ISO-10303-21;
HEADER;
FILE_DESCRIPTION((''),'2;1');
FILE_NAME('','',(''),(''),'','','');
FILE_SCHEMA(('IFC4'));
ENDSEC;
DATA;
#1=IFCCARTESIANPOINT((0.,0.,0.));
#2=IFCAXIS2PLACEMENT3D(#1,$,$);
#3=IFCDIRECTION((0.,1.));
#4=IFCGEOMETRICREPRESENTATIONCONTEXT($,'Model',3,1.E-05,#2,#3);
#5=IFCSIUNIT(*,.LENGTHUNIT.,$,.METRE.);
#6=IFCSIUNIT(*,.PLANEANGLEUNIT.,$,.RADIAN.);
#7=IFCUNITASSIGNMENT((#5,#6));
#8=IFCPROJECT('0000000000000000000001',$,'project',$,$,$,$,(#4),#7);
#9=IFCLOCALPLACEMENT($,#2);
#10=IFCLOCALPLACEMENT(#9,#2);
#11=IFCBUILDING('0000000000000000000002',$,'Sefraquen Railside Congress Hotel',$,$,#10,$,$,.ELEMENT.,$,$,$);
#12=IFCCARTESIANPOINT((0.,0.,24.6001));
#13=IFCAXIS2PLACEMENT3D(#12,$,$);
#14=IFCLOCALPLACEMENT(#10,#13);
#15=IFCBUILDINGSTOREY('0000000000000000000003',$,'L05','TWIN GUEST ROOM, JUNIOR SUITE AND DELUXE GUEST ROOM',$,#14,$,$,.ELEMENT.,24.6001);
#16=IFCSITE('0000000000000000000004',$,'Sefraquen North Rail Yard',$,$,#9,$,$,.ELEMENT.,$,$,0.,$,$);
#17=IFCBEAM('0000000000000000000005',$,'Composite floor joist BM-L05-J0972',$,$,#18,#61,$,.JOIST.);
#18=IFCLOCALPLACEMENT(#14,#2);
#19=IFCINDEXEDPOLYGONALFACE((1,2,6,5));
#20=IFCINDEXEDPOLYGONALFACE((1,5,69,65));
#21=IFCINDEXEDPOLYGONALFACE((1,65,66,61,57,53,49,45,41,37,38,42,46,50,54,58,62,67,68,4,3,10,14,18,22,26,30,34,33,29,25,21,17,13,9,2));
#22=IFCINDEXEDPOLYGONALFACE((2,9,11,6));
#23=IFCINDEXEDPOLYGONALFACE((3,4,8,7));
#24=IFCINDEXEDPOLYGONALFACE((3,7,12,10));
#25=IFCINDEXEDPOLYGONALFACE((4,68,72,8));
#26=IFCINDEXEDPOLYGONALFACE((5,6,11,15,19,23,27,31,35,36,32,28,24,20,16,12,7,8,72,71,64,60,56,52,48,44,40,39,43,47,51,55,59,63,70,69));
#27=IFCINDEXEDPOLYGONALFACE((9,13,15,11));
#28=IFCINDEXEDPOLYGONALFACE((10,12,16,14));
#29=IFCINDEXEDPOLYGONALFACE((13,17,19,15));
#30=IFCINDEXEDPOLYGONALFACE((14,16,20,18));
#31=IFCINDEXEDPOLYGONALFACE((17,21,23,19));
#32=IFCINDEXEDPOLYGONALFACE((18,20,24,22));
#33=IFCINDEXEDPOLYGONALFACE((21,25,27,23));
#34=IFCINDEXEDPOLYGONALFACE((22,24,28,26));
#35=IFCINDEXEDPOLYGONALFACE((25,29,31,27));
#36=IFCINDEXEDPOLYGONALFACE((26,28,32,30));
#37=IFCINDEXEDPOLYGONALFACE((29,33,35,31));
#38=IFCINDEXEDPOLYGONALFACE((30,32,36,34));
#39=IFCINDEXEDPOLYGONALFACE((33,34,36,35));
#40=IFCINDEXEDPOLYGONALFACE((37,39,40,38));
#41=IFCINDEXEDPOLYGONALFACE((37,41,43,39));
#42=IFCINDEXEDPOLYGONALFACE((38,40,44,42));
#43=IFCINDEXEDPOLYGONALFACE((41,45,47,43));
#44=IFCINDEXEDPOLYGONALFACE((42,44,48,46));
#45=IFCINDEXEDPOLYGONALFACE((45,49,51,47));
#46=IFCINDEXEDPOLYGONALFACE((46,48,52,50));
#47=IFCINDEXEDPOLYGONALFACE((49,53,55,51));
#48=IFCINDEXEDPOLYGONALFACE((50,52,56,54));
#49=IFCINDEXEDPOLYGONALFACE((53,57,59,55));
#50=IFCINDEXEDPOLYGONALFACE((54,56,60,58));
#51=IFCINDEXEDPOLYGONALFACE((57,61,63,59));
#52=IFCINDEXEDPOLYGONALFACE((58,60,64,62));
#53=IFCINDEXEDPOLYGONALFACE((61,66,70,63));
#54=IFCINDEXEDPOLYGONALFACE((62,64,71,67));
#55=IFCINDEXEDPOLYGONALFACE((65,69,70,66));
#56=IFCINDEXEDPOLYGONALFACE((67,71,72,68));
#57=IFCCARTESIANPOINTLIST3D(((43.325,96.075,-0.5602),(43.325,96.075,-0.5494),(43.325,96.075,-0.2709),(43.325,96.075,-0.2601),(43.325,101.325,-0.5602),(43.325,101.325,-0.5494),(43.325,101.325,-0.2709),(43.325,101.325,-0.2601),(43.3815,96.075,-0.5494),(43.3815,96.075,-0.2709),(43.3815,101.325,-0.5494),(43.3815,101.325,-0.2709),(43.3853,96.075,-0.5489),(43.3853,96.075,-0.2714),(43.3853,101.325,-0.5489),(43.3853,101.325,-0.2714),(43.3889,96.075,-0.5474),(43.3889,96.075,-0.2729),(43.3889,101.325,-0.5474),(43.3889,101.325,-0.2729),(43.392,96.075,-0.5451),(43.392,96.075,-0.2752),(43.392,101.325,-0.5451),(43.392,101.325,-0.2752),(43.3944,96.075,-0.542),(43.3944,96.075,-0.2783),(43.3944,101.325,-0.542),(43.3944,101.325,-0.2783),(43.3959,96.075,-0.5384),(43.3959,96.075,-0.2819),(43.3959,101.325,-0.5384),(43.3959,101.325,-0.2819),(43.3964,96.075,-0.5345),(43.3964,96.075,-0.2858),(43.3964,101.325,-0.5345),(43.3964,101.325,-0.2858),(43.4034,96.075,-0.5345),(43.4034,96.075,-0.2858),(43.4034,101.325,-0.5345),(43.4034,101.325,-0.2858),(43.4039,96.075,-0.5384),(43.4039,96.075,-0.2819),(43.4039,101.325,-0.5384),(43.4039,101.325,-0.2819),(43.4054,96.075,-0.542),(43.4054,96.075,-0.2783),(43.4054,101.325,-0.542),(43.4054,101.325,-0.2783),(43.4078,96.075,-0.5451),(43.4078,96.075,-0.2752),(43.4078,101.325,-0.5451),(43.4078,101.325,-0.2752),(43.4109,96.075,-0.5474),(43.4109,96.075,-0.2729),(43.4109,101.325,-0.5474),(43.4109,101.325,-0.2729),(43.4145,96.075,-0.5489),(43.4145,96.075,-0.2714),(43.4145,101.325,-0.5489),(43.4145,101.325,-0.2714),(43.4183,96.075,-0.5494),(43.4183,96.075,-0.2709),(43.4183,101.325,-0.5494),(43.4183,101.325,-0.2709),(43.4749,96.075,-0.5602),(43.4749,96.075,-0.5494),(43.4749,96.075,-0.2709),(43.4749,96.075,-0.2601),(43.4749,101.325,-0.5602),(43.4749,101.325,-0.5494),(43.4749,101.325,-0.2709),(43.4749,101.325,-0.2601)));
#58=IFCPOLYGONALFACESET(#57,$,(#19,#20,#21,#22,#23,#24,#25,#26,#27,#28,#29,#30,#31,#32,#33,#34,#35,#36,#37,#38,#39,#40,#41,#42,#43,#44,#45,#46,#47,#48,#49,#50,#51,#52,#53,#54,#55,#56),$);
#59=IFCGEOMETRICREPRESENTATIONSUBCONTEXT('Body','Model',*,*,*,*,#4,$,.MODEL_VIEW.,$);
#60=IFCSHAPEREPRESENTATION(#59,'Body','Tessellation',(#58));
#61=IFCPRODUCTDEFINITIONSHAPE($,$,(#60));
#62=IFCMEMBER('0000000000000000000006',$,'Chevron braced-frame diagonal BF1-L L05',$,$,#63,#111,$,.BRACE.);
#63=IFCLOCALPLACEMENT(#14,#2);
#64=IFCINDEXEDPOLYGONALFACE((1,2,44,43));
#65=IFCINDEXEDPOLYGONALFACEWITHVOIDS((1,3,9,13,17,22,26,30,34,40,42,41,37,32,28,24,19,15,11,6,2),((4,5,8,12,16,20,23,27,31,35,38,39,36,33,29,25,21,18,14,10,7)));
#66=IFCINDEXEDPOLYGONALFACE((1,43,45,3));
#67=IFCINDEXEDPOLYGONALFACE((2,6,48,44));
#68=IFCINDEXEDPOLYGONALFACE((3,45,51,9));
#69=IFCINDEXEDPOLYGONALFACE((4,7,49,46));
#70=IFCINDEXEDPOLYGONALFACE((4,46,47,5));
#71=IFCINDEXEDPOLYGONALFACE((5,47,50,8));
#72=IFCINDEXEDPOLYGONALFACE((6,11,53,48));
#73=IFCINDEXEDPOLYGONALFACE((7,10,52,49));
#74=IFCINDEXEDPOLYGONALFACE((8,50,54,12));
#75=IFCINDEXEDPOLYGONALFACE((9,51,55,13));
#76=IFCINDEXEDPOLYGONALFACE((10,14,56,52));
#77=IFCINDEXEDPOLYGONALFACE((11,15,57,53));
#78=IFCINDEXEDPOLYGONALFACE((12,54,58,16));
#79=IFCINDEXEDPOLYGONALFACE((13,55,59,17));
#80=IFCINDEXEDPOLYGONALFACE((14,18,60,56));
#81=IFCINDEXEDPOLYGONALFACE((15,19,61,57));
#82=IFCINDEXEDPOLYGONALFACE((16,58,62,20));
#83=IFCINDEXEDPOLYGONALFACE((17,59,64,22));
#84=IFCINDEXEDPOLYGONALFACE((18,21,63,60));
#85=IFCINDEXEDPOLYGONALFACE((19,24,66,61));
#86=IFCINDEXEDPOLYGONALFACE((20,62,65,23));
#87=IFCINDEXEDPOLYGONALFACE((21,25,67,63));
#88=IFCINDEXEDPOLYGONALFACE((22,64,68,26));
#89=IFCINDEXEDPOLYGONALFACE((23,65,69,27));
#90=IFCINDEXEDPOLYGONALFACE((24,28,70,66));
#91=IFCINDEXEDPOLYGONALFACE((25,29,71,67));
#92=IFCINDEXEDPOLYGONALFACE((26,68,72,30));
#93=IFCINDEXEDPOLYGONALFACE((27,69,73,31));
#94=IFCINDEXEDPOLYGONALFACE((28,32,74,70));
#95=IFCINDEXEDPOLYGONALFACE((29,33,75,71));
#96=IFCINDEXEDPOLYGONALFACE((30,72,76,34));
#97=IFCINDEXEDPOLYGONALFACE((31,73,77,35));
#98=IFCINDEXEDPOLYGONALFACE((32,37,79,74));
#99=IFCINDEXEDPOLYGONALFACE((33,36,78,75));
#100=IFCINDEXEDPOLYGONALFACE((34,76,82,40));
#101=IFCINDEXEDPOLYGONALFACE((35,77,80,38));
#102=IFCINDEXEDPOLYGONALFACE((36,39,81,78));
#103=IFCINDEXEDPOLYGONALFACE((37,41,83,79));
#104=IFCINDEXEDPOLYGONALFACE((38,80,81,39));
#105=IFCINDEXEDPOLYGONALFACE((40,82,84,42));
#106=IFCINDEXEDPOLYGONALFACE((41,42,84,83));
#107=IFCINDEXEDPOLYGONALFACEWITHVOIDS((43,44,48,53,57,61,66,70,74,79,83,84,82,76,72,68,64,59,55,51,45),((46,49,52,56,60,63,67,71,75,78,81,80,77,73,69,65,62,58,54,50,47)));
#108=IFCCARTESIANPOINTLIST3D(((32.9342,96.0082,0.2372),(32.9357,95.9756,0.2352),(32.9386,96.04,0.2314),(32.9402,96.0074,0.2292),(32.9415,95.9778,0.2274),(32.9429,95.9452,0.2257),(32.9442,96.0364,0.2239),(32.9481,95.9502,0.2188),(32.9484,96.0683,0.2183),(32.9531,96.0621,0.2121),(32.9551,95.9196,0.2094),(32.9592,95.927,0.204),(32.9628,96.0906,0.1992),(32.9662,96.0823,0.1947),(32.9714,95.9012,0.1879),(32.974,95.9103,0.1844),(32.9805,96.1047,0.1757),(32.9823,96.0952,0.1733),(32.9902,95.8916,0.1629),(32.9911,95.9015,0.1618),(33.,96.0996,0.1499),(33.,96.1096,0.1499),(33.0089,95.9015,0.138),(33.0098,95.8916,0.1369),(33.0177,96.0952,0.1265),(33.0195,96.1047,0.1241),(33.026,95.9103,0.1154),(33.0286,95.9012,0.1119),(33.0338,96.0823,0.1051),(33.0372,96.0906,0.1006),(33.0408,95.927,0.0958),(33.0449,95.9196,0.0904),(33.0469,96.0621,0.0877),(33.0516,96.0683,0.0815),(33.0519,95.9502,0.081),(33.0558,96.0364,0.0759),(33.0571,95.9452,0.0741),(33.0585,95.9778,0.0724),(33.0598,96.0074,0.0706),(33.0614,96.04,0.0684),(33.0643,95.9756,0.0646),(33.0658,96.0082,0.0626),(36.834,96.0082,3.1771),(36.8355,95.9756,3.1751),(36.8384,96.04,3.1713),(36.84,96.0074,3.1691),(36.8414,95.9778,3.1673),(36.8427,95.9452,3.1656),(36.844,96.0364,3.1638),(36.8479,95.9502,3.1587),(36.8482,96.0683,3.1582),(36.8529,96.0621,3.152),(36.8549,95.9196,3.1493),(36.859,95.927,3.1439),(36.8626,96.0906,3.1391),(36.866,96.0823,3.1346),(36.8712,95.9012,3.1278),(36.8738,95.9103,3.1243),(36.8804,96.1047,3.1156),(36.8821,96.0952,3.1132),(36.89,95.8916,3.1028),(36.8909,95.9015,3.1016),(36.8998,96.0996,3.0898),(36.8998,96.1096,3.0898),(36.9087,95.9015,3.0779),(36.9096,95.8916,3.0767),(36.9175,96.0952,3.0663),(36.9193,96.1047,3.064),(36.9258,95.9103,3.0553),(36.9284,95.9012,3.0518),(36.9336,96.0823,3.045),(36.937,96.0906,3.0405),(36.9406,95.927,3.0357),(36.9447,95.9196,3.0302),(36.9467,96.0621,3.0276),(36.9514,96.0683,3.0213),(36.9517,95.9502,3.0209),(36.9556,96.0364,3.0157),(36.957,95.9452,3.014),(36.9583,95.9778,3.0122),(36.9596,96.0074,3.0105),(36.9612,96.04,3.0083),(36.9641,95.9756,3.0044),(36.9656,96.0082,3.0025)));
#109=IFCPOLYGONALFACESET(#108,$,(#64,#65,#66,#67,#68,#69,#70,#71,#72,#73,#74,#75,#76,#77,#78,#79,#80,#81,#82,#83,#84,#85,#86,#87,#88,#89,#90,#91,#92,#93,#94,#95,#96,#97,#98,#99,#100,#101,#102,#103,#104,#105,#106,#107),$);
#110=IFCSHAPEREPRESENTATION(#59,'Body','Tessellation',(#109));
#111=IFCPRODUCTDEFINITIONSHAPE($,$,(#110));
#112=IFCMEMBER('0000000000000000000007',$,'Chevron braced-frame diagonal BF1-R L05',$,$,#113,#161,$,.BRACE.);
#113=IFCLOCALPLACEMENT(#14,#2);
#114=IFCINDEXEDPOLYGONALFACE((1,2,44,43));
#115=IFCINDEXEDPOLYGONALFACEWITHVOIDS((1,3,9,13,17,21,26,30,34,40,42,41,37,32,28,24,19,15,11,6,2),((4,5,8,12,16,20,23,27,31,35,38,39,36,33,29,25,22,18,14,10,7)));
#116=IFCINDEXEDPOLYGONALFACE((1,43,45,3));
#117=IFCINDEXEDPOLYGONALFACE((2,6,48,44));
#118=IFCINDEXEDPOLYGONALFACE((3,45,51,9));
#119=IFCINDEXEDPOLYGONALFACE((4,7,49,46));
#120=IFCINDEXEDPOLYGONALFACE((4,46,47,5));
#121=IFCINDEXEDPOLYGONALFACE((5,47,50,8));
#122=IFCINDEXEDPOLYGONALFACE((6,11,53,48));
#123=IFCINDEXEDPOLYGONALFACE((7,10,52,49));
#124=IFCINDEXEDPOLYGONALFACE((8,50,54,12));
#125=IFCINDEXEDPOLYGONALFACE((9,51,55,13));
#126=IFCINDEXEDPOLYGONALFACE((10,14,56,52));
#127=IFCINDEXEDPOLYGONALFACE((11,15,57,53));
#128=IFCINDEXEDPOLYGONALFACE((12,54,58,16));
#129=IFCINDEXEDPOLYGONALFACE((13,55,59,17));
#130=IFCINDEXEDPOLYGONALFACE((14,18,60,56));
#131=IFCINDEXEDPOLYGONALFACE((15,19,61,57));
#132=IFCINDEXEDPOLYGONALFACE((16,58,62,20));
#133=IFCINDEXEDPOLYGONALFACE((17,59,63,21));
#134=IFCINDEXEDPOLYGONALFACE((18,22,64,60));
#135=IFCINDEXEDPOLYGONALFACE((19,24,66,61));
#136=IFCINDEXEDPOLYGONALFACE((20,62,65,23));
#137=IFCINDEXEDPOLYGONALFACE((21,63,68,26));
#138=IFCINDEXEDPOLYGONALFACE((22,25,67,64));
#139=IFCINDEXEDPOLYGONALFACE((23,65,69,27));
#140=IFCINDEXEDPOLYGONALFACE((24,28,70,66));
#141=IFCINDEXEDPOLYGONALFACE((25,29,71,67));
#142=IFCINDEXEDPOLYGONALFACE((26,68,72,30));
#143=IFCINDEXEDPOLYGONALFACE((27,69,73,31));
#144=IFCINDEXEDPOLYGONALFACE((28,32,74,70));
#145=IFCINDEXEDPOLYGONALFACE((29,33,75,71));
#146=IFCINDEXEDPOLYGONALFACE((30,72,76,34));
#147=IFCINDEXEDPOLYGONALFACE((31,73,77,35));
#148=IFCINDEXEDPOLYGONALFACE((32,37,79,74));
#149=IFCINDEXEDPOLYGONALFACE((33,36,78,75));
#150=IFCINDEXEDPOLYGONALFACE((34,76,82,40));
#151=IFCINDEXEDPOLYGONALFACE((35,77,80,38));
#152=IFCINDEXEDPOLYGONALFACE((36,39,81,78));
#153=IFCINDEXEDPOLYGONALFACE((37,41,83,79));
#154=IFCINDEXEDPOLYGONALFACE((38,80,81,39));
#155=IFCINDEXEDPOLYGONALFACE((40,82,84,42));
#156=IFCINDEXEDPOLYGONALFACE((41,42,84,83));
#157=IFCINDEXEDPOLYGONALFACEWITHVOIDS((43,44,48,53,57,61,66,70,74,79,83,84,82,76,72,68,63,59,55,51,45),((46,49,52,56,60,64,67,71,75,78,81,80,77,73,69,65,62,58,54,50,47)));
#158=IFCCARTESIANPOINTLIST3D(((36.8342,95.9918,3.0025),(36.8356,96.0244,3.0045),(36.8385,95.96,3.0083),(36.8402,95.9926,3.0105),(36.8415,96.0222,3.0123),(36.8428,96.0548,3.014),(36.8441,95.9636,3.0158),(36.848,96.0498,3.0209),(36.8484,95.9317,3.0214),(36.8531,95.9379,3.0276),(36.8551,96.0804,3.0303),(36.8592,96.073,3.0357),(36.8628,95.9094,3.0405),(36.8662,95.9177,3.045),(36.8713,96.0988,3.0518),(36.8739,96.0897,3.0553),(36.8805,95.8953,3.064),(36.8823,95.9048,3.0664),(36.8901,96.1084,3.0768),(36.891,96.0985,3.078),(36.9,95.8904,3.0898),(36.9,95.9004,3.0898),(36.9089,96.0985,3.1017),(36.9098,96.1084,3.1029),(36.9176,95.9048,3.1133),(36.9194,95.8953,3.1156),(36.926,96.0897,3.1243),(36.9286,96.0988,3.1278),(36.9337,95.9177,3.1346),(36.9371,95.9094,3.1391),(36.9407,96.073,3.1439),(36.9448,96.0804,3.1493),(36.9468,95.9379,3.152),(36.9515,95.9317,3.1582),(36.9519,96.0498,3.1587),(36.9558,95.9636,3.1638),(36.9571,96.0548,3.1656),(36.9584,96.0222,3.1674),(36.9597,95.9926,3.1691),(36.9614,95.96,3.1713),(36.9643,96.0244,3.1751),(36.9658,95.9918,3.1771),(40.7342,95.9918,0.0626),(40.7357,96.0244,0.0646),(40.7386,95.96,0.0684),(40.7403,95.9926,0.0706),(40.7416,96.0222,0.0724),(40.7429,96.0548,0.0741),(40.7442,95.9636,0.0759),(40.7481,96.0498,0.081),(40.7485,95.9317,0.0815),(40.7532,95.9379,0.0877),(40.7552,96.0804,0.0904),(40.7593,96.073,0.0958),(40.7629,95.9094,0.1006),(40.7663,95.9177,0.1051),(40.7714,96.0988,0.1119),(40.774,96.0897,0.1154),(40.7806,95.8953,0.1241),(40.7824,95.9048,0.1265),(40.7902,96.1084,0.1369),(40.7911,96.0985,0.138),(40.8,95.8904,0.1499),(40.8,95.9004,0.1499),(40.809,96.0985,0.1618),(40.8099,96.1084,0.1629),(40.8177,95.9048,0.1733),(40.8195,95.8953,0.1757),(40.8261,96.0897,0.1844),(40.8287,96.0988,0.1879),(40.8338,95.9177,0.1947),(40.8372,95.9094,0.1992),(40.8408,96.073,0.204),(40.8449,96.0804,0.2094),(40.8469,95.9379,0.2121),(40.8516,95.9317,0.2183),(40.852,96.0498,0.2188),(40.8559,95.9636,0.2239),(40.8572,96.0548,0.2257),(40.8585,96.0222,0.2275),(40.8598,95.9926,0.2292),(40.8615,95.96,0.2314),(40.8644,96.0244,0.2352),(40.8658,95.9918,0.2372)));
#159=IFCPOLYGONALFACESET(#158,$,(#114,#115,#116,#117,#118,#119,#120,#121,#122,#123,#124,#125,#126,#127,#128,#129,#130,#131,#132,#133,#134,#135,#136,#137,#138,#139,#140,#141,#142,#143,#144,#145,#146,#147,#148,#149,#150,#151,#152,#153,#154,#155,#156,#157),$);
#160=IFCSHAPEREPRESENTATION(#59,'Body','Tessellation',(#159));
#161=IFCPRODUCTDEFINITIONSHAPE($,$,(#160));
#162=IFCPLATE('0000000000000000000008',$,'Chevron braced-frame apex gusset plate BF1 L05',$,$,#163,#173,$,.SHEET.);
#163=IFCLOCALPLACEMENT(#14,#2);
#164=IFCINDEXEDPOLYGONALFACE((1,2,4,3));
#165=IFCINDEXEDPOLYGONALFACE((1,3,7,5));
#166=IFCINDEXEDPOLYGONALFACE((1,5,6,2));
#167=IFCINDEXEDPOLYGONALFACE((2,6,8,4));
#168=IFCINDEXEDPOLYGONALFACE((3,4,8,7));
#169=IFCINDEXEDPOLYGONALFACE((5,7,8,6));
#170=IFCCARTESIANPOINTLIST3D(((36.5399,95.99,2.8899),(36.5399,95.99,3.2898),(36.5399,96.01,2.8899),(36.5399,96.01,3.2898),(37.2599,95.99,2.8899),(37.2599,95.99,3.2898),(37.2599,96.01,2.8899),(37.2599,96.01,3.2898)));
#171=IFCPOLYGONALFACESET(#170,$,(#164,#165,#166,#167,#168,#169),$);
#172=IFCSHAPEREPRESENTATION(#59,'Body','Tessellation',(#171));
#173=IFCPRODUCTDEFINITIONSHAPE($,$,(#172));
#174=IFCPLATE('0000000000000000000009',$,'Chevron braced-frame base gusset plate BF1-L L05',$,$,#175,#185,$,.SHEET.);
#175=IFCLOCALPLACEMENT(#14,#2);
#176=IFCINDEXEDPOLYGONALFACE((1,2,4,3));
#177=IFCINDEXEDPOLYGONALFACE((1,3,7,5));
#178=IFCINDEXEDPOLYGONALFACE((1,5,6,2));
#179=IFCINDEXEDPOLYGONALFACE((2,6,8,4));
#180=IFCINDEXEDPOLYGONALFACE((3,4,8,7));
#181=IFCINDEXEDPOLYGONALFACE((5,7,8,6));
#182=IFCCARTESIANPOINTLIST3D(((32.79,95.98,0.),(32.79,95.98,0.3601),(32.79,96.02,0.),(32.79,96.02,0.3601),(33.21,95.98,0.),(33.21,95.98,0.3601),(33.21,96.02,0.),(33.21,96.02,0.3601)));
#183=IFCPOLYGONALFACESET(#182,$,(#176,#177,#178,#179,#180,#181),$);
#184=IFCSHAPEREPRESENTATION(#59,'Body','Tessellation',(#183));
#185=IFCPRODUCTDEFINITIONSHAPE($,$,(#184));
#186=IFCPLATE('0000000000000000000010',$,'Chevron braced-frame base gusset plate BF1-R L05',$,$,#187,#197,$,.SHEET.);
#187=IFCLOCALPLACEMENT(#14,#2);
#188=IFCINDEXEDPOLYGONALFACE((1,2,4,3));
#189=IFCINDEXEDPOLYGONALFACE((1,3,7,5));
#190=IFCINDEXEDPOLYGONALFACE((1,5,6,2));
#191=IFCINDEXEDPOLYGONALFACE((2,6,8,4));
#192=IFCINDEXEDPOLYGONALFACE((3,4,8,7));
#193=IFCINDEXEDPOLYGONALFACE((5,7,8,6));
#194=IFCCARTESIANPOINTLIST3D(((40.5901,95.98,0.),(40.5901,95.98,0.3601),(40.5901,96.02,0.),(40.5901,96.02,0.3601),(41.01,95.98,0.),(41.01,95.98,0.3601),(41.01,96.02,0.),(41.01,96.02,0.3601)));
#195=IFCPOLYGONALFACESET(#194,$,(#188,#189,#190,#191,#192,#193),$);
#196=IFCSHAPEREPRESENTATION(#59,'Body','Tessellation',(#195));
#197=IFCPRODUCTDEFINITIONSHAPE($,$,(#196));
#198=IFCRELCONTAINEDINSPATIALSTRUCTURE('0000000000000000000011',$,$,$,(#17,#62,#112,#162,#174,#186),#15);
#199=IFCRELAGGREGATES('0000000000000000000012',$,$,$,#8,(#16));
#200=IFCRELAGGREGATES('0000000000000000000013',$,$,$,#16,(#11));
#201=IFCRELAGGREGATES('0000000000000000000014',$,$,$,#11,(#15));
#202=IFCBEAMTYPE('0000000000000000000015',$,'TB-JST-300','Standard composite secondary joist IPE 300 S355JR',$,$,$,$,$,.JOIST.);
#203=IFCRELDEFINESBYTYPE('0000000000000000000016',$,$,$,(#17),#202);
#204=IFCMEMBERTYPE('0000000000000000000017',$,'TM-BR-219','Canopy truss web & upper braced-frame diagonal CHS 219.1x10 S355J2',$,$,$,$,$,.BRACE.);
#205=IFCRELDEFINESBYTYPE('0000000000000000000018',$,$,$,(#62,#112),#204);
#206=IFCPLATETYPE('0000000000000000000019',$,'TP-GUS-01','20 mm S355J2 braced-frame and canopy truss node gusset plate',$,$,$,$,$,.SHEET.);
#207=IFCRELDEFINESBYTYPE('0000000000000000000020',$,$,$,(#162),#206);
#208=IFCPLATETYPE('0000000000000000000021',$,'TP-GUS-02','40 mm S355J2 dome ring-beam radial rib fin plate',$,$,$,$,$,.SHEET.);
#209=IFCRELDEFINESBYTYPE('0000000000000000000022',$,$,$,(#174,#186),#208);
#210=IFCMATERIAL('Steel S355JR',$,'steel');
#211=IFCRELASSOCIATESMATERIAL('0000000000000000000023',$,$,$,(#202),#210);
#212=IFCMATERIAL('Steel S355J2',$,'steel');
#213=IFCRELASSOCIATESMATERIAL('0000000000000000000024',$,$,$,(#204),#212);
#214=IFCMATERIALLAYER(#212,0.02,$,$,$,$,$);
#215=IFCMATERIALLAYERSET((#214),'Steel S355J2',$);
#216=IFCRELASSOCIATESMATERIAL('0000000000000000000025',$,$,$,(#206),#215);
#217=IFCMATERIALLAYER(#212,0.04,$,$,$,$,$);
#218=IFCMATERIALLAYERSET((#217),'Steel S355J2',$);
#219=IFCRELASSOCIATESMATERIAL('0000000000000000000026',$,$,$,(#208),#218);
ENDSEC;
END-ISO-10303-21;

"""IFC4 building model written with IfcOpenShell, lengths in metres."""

from ifc_helpers import new_model, si_unit, direction, frame, origin, origin_2d, place, context, subcontext, project, spatial, rectangle, hollow_circle, i_section, extrude, material, layer, layer_set, material_profile, profile_set, type_object, element, save


model = new_model("IFC4")

# Units and contexts
model_context = context("Model", 3, precision=1e-05, world=origin(), true_north=direction((0.0, 1.0)))
body_context = subcontext(model_context, "Body", "Model", "MODEL_VIEW")
ifc_project = project(units=[si_unit("LENGTHUNIT", "METRE"), si_unit("PLANEANGLEUNIT", "RADIAN")], contexts=[model_context])

# Site, building, storey
site_placement = place(None, origin())
site = spatial("IfcSite", under=ifc_project, at=site_placement, Name="Sefraquen North Rail Yard", CompositionType="ELEMENT", RefElevation=0.0)
building_placement = place(site_placement, origin())
building = spatial("IfcBuilding", under=site, at=building_placement, Name="Sefraquen Railside Congress Hotel", CompositionType="ELEMENT")
storey_placement = place(building_placement, frame((0.0, 0.0, 24.6001)))
storey = spatial("IfcBuildingStorey", under=building, at=storey_placement, Name="L05", Description="TWIN GUEST ROOM, JUNIOR SUITE AND DELUXE GUEST ROOM", CompositionType="ELEMENT", Elevation=24.6001)

# Shared definitions
ifc_material_1 = material(Name="Steel S355JR", Category="steel")

# Beam
ifc_material_profile_1 = material_profile(ifc_material_1, i_section(OverallWidth=0.1499, OverallDepth=0.3, WebThickness=0.0071, FlangeThickness=0.0107, FilletRadius=0.0149, at=origin_2d()), Name="IPE 300")
ifc_profile_set_1 = profile_set([ifc_material_profile_1], Name="Steel S355JR")
beam_type_1 = type_object("IfcBeamType", Name="TB-JST-300", Description="Standard composite secondary joist IPE 300 S355JR", PredefinedType="JOIST", material=ifc_profile_set_1)
for number, where, z_axis, x_axis, name in (
    (1, (43.3999, 96.075, -0.4102), (0.0, 1.0, 0.0), (-1.0, 0.0, 0.0), "Composite floor joist BM-L05-J0972"),
):
    element("IfcBeam", number, at=place(storey_placement, frame(where, z_axis=z_axis, x_axis=x_axis)), inside=storey, type_object=beam_type_1, Name=name, PredefinedType="JOIST", context=body_context, shape_type="SweptSolid", body=[
        extrude(i_section(OverallWidth=0.1499, OverallDepth=0.3, WebThickness=0.0071, FlangeThickness=0.0107, FilletRadius=0.0149, at=origin_2d()), origin(), (0.0, 0.0, 1.0), 5.25),
    ])

# Members
ifc_material_2 = material(Name="Steel S355J2", Category="steel")
ifc_material_profile_2 = material_profile(ifc_material_2, hollow_circle(Radius=0.1096, WallThickness=0.01, at=origin_2d()), Name="CHS 219.1x10")
ifc_profile_set_2 = profile_set([ifc_material_profile_2], Name="Steel S355J2")
member_type = type_object("IfcMemberType", Name="TM-BR-219", Description="Canopy truss web & upper braced-frame diagonal CHS 219.1x10 S355J2", PredefinedType="BRACE", material=ifc_profile_set_2)
member_1_placement = place(storey_placement, frame((33.0, 96.0, 0.1499), z_axis=(0.798522, 0.0, 0.601966), x_axis=(0.0, 1.0, 0.0)))
element("IfcMember", 2, at=member_1_placement, inside=storey, type_object=member_type, Name="Chevron braced-frame diagonal BF1-L L05", PredefinedType="BRACE", context=body_context, shape_type="SweptSolid", body=[
    extrude(hollow_circle(Radius=0.1096, WallThickness=0.01, at=origin_2d()), origin(), (0.0, 0.0, 1.0), 4.8838),
])
member_2_placement = place(storey_placement, frame((40.8, 96.0, 0.1499), z_axis=(-0.79854, 0.0, 0.601942), x_axis=(0.0, -1.0, 0.0)))
element("IfcMember", 3, at=member_2_placement, inside=storey, type_object=member_type, Name="Chevron braced-frame diagonal BF1-R L05", PredefinedType="BRACE", context=body_context, shape_type="SweptSolid", body=[
    extrude(hollow_circle(Radius=0.1096, WallThickness=0.01, at=origin_2d()), origin(), (0.0, 0.0, 1.0), 4.884),
])

# Plates
ifc_layer_1 = layer(ifc_material_2, 0.02)
ifc_layer_set_1 = layer_set([ifc_layer_1], Name="Steel S355J2")
plate_type_1 = type_object("IfcPlateType", Name="TP-GUS-01", Description="20 mm S355J2 braced-frame and canopy truss node gusset plate", PredefinedType="SHEET", material=ifc_layer_set_1)
plate_placement = place(storey_placement, frame((36.8999, 96.0, 2.8899), z_axis=(0.0, 0.0, 1.0), x_axis=(1.0, 0.0, 0.0)))
element("IfcPlate", 4, at=plate_placement, inside=storey, type_object=plate_type_1, Name="Chevron braced-frame apex gusset plate BF1 L05", PredefinedType="SHEET", context=body_context, shape_type="SweptSolid", body=[
    extrude(rectangle(XDim=0.72, YDim=0.02, at=origin_2d()), origin(), (0.0, 0.0, 1.0), 0.3999),
])
ifc_layer_2 = layer(ifc_material_2, 0.04)
ifc_layer_set_2 = layer_set([ifc_layer_2], Name="Steel S355J2")
plate_type_2 = type_object("IfcPlateType", Name="TP-GUS-02", Description="40 mm S355J2 dome ring-beam radial rib fin plate", PredefinedType="SHEET", material=ifc_layer_set_2)
for number, where, z_axis, x_axis, name in (
    (5, (33.0, 96.0, 0.0), (0.0, 0.0, 1.0), (1.0, 0.0, 0.0), "Chevron braced-frame base gusset plate BF1-L L05"),
    (6, (40.8, 96.0, 0.0), (0.0, 0.0, 1.0), (1.0, 0.0, 0.0), "Chevron braced-frame base gusset plate BF1-R L05"),
):
    element("IfcPlate", number, at=place(storey_placement, frame(where, z_axis=z_axis, x_axis=x_axis)), inside=storey, type_object=plate_type_2, Name=name, PredefinedType="SHEET", context=body_context, shape_type="SweptSolid", body=[
        extrude(rectangle(XDim=0.4199, YDim=0.04, at=origin_2d()), origin(), (0.0, 0.0, 1.0), 0.3601),
    ])

save(model, "model.ifc")
